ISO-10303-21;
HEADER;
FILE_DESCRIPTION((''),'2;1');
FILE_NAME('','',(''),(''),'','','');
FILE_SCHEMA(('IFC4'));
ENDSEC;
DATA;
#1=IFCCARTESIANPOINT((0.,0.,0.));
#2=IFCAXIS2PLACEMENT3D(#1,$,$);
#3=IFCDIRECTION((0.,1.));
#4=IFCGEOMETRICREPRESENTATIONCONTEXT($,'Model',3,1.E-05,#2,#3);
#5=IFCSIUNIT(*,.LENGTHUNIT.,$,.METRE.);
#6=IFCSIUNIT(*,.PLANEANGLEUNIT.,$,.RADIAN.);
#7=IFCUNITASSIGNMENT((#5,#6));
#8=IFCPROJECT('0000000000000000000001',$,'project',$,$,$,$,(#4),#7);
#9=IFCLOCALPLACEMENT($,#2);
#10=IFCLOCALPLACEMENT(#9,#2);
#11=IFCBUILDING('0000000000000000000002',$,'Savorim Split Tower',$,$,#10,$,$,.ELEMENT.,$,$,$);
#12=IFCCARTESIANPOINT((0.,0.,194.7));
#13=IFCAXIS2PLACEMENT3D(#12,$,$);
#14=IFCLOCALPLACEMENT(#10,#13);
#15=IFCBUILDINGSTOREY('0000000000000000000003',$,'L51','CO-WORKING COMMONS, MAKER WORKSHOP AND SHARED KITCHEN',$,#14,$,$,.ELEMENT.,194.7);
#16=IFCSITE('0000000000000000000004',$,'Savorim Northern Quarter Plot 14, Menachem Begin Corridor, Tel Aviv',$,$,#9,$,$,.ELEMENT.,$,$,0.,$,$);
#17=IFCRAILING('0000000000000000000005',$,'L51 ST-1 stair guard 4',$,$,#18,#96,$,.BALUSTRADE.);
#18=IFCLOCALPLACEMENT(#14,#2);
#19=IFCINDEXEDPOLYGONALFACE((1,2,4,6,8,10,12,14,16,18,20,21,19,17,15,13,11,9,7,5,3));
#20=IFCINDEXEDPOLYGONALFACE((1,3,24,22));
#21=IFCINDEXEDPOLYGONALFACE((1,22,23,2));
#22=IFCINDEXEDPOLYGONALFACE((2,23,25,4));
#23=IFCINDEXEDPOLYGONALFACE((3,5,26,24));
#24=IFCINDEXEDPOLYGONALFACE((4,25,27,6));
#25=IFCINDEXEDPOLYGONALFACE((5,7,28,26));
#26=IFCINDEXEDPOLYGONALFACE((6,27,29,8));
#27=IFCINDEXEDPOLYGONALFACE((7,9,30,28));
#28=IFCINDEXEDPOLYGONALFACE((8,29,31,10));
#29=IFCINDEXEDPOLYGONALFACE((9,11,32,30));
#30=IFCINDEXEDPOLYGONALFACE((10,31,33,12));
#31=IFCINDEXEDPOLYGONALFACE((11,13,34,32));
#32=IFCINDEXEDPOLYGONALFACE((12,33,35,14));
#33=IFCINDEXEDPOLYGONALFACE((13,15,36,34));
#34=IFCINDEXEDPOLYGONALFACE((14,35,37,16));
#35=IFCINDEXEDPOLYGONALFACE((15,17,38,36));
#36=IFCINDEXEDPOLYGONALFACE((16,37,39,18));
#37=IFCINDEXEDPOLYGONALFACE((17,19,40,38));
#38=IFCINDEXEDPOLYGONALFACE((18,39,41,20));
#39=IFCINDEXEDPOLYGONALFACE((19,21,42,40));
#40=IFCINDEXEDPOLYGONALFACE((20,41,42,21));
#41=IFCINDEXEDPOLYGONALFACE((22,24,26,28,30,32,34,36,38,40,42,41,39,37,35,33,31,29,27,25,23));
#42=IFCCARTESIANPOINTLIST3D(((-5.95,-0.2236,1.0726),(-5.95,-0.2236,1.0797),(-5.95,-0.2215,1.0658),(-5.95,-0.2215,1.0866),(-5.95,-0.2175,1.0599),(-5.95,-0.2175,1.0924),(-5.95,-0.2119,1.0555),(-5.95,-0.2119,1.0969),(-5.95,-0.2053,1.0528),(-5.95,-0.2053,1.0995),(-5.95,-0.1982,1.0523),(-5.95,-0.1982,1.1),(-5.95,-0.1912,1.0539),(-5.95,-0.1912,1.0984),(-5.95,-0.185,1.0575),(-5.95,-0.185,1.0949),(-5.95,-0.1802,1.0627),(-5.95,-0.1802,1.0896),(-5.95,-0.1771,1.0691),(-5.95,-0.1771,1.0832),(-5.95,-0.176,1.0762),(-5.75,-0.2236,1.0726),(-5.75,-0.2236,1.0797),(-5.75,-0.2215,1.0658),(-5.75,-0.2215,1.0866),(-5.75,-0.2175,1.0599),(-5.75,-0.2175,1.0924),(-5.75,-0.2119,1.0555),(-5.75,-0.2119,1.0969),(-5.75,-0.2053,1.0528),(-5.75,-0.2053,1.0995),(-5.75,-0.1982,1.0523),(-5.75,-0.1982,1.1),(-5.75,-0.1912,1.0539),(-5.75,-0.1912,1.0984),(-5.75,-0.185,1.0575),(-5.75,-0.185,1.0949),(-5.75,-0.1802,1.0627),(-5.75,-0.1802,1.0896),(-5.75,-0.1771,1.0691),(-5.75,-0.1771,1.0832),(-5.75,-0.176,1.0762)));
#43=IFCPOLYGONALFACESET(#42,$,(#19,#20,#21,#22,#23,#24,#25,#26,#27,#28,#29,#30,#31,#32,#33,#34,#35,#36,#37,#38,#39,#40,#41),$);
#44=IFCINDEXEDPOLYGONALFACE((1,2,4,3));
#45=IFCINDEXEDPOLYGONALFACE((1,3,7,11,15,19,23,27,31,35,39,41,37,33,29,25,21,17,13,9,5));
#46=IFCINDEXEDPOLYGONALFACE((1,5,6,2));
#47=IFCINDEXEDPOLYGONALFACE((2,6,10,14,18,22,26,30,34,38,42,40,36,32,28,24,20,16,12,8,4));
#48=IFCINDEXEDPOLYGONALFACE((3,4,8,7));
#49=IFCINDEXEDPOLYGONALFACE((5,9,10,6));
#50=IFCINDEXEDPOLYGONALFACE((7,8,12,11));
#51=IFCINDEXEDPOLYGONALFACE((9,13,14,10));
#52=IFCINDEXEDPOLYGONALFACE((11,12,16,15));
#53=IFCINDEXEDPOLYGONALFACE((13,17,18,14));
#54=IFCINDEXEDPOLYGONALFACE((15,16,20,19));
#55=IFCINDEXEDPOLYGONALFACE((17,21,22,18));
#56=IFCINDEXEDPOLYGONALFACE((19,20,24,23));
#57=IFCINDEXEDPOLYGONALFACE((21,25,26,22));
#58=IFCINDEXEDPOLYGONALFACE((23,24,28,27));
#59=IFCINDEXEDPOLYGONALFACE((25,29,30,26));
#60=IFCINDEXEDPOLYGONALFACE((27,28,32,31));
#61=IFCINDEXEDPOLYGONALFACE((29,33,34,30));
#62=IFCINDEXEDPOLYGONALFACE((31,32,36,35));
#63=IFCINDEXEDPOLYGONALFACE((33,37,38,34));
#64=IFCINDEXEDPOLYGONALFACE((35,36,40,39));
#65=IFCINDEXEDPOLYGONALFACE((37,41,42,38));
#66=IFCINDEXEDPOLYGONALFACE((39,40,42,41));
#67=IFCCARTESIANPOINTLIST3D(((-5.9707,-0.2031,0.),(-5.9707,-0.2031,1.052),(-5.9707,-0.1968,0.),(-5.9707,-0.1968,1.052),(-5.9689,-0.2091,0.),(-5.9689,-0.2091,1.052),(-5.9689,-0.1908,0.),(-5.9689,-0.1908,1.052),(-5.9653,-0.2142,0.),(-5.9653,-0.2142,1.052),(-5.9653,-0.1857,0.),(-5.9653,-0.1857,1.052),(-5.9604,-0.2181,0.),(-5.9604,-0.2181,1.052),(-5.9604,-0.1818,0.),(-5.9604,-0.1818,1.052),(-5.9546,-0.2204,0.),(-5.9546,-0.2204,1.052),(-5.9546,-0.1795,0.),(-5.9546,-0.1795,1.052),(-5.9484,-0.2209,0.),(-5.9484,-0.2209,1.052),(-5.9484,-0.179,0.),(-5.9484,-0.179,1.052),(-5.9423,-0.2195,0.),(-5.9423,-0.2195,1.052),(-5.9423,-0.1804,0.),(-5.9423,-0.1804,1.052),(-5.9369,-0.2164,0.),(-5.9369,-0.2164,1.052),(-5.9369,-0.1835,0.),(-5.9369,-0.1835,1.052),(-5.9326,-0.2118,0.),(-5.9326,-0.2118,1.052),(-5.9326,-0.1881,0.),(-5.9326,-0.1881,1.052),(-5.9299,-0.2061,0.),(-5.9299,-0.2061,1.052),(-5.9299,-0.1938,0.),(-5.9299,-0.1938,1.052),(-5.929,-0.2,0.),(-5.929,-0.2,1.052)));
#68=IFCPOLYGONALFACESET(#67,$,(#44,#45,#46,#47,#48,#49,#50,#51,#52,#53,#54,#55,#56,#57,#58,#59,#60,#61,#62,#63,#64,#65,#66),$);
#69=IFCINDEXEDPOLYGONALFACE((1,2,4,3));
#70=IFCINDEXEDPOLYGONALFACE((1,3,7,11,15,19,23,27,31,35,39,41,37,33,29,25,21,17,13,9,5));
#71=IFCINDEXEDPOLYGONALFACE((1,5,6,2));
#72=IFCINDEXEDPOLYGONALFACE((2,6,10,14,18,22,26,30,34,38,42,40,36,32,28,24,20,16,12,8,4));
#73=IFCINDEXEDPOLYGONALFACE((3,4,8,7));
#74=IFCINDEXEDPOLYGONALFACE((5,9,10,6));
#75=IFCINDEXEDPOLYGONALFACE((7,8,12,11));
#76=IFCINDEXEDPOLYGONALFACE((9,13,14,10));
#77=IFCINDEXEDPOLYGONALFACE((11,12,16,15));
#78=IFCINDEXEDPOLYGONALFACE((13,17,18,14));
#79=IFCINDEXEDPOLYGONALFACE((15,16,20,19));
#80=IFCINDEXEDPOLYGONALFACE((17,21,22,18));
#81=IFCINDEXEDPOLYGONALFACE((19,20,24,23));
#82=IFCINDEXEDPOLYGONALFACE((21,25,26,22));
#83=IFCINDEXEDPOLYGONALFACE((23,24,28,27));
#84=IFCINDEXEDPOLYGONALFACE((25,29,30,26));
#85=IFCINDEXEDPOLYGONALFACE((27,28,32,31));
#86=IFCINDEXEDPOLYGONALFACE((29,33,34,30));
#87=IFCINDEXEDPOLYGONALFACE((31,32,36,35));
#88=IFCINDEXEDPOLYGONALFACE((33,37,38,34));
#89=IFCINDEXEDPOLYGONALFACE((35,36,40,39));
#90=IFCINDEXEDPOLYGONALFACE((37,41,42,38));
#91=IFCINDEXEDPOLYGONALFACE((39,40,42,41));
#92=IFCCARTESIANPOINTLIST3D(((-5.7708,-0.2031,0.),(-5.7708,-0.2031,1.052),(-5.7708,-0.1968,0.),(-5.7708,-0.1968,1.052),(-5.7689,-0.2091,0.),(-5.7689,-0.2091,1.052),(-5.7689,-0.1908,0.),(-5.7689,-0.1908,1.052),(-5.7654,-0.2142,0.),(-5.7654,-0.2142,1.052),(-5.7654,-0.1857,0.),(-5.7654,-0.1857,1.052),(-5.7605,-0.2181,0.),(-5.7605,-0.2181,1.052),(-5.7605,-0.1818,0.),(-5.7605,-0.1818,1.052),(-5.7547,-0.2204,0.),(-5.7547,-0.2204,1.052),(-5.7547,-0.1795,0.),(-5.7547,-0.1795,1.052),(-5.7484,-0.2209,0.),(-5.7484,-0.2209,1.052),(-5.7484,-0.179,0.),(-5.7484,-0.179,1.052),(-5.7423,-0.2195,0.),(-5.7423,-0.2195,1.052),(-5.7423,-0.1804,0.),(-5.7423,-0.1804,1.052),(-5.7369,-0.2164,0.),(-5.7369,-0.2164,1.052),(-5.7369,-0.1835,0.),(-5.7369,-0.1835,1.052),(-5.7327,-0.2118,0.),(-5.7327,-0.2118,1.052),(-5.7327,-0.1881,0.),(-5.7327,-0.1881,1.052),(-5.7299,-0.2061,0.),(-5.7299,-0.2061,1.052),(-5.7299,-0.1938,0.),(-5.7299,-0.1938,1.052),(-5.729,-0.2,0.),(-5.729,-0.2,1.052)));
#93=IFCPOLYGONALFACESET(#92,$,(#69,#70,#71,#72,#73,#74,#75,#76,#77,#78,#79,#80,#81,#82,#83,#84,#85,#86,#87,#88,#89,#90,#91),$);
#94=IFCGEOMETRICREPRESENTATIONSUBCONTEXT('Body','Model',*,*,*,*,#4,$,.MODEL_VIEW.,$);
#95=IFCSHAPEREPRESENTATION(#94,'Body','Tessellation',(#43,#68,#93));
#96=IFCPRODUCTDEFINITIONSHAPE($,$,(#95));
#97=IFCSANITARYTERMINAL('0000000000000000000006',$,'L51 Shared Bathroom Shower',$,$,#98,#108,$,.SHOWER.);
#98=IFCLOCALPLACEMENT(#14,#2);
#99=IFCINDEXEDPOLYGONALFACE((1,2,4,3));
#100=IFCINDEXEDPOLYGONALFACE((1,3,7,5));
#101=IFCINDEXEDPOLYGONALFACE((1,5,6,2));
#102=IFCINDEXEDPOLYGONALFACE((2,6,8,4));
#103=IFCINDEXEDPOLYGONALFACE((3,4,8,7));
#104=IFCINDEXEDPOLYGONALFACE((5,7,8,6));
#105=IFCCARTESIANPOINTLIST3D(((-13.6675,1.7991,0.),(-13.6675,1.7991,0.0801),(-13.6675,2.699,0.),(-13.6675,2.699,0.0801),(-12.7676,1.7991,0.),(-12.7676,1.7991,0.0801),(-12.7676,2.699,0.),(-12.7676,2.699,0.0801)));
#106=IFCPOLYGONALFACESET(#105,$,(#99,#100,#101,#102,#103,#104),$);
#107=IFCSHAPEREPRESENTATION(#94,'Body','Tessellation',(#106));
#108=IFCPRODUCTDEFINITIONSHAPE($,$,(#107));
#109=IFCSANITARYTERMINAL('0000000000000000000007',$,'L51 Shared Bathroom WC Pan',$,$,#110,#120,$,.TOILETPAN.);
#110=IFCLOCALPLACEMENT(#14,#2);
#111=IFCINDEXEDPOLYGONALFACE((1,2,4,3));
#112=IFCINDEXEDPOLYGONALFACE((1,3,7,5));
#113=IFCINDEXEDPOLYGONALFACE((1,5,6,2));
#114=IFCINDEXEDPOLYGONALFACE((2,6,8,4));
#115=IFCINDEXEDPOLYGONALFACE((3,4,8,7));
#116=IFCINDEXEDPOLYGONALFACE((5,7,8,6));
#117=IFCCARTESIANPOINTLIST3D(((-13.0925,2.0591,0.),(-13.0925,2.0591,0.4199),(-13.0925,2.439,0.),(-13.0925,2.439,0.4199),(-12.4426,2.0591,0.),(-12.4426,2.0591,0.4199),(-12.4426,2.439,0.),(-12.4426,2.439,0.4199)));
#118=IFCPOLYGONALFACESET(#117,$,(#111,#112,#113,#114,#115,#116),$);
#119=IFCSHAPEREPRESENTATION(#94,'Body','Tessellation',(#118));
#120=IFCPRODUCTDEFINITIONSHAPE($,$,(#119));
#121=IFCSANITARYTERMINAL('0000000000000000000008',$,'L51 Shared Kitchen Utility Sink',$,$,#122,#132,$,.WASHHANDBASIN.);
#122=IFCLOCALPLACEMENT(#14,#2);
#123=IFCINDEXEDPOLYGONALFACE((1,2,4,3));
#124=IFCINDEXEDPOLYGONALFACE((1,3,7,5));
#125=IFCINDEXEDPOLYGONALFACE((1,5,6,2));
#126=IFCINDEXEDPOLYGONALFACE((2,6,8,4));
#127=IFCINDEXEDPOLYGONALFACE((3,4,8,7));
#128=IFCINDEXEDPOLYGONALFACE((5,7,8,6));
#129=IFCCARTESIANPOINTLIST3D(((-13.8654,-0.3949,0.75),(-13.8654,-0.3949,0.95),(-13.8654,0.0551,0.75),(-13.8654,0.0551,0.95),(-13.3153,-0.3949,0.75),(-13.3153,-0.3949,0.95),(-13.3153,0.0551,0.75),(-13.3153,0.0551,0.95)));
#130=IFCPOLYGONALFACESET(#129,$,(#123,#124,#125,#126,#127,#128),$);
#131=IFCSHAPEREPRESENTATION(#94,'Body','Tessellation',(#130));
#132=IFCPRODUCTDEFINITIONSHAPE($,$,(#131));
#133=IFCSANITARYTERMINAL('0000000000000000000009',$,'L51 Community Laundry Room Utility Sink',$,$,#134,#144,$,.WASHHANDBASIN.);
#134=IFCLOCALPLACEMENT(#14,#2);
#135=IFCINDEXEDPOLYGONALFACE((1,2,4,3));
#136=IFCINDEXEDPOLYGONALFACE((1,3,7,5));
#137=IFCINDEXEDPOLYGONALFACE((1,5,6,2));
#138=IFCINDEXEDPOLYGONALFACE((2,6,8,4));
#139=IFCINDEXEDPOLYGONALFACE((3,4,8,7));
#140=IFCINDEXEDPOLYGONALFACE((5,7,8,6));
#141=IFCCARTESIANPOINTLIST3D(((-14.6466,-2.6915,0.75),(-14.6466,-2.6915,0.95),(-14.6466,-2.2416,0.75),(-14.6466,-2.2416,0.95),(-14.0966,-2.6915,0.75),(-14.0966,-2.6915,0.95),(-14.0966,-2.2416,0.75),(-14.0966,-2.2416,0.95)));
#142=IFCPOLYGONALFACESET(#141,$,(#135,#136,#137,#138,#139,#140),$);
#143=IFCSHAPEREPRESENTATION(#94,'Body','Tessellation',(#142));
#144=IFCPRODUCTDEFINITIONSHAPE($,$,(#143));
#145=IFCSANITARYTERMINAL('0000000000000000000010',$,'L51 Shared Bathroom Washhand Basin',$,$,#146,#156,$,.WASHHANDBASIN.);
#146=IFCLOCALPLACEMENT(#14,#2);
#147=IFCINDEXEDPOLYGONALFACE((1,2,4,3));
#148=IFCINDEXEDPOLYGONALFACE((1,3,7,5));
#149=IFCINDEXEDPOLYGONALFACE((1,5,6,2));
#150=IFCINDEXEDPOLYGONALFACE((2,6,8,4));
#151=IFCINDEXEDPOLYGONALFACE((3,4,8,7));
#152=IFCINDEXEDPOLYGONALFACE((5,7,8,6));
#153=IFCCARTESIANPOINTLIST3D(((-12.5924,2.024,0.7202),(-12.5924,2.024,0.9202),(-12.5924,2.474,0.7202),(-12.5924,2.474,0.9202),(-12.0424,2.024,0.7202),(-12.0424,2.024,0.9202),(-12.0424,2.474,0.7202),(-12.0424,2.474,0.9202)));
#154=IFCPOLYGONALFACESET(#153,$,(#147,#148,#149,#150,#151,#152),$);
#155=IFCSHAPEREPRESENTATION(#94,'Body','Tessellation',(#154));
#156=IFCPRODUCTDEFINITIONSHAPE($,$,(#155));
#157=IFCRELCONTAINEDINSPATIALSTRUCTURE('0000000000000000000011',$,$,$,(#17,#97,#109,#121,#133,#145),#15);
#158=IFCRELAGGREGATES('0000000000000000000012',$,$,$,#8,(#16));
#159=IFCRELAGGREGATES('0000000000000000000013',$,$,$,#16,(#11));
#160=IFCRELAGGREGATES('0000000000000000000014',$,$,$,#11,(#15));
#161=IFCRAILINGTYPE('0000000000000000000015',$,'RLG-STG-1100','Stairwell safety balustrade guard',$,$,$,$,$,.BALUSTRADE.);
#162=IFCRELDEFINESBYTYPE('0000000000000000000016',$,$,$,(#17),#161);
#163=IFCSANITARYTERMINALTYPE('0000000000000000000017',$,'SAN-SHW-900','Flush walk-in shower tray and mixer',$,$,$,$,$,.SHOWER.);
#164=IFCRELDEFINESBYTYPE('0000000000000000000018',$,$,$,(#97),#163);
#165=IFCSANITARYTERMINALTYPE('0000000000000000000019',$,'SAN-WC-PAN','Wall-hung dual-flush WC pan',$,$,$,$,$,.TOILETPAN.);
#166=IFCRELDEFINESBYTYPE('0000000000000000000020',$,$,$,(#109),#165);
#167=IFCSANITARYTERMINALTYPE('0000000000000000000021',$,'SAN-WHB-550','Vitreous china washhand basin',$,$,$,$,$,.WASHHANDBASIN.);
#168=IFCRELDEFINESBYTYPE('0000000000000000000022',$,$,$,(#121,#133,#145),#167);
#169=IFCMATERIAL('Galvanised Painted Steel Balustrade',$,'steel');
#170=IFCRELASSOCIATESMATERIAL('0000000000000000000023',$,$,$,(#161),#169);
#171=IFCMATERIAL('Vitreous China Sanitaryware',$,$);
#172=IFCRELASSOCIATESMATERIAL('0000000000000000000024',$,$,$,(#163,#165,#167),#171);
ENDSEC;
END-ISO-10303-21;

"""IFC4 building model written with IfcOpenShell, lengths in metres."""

from ifc_helpers import new_model, si_unit, direction, frame, origin, origin_2d, place, context, subcontext, project, spatial, rectangle, circle, extrude, material, type_object, element, save


model = new_model("IFC4")

# Units and contexts
model_context = context("Model", 3, precision=1e-05, world=origin(), true_north=direction((0.0, 1.0)))
body_context = subcontext(model_context, "Body", "Model", "MODEL_VIEW")
ifc_project = project(units=[si_unit("LENGTHUNIT", "METRE"), si_unit("PLANEANGLEUNIT", "RADIAN")], contexts=[model_context])

# Site, building, storey
site_placement = place(None, origin())
site = spatial("IfcSite", under=ifc_project, at=site_placement, Name="Savorim Northern Quarter Plot 14, Menachem Begin Corridor, Tel Aviv", CompositionType="ELEMENT", RefElevation=0.0)
building_placement = place(site_placement, origin())
building = spatial("IfcBuilding", under=site, at=building_placement, Name="Savorim Split Tower", CompositionType="ELEMENT")
storey_placement = place(building_placement, frame((0.0, 0.0, 194.7)))
storey = spatial("IfcBuildingStorey", under=building, at=storey_placement, Name="L51", Description="CO-WORKING COMMONS, MAKER WORKSHOP AND SHARED KITCHEN", CompositionType="ELEMENT", Elevation=194.7)

# Railing
ifc_material_1 = material(Name="Galvanised Painted Steel Balustrade", Category="steel")
railing_type_1 = type_object("IfcRailingType", Name="RLG-STG-1100", Description="Stairwell safety balustrade guard", PredefinedType="BALUSTRADE", material=ifc_material_1)
railing_1_placement = place(storey_placement, frame((-5.95, -0.2, 0.0)))
element("IfcRailing", 1, at=railing_1_placement, inside=storey, type_object=railing_type_1, Name="L51 ST-1 stair guard 4", PredefinedType="BALUSTRADE", context=body_context, shape_type="SweptSolid", body=[
    extrude(circle(Radius=0.0239, at=origin_2d()), frame((0.0, 0.0, 1.0762), z_axis=(1.0, 0.0, 0.0), x_axis=(0.0, 1.0, 0.0)), (0.0, 0.0, 1.0), 0.2),
    extrude(circle(Radius=0.021, at=origin_2d()), origin(), (0.0, 0.0, 1.0), 1.052),
    extrude(circle(Radius=0.021, at=origin_2d()), frame((0.2, 0.0, 0.0)), (0.0, 0.0, 1.0), 1.052),
])

# Sanitary terminals
ifc_material_2 = material(Name="Vitreous China Sanitaryware")
sanitary_terminal_type_1 = type_object("IfcSanitaryTerminalType", Name="SAN-SHW-900", Description="Flush walk-in shower tray and mixer", PredefinedType="SHOWER", material=ifc_material_2)
sanitary_terminal_1_placement = place(storey_placement, frame((-13.2175, 2.249, 0.0), z_axis=(0.0, 0.0, 1.0), x_axis=(1.0, 0.0, 0.0)))
element("IfcSanitaryTerminal", 2, at=sanitary_terminal_1_placement, inside=storey, type_object=sanitary_terminal_type_1, Name="L51 Shared Bathroom Shower", PredefinedType="SHOWER", context=body_context, shape_type="SweptSolid", body=[
    extrude(rectangle(XDim=0.8999, YDim=0.8999, at=origin_2d()), origin(), (0.0, 0.0, 1.0), 0.0801),
])
sanitary_terminal_type_2 = type_object("IfcSanitaryTerminalType", Name="SAN-WC-PAN", Description="Wall-hung dual-flush WC pan", PredefinedType="TOILETPAN", material=ifc_material_2)
sanitary_terminal_2_placement = place(storey_placement, frame((-12.7676, 2.249, 0.0), z_axis=(0.0, 0.0, 1.0), x_axis=(1.0, 0.0, 0.0)))
element("IfcSanitaryTerminal", 3, at=sanitary_terminal_2_placement, inside=storey, type_object=sanitary_terminal_type_2, Name="L51 Shared Bathroom WC Pan", PredefinedType="TOILETPAN", context=body_context, shape_type="SweptSolid", body=[
    extrude(rectangle(XDim=0.6499, YDim=0.3799, at=origin_2d()), origin(), (0.0, 0.0, 1.0), 0.4199),
])
sanitary_terminal_type_3 = type_object("IfcSanitaryTerminalType", Name="SAN-WHB-550", Description="Vitreous china washhand basin", PredefinedType="WASHHANDBASIN", material=ifc_material_2)
for number, where, z_axis, x_axis, name in (
    (4, (-13.5903, -0.1699, 0.75), (0.0, 0.0, 1.0), (1.0, 0.0, 0.0), "L51 Shared Kitchen Utility Sink"),
    (5, (-14.3716, -2.4666, 0.75), (0.0, 0.0, 1.0), (1.0, 0.0, 0.0), "L51 Community Laundry Room Utility Sink"),
    (6, (-12.3174, 2.249, 0.7202), (0.0, 0.0, 1.0), (1.0, 0.0, 0.0), "L51 Shared Bathroom Washhand Basin"),
):
    element("IfcSanitaryTerminal", number, at=place(storey_placement, frame(where, z_axis=z_axis, x_axis=x_axis)), inside=storey, type_object=sanitary_terminal_type_3, Name=name, PredefinedType="WASHHANDBASIN", context=body_context, shape_type="SweptSolid", body=[
        extrude(rectangle(XDim=0.55, YDim=0.45, at=origin_2d()), origin(), (0.0, 0.0, 1.0), 0.2),
    ])

save(model, "model.ifc")
